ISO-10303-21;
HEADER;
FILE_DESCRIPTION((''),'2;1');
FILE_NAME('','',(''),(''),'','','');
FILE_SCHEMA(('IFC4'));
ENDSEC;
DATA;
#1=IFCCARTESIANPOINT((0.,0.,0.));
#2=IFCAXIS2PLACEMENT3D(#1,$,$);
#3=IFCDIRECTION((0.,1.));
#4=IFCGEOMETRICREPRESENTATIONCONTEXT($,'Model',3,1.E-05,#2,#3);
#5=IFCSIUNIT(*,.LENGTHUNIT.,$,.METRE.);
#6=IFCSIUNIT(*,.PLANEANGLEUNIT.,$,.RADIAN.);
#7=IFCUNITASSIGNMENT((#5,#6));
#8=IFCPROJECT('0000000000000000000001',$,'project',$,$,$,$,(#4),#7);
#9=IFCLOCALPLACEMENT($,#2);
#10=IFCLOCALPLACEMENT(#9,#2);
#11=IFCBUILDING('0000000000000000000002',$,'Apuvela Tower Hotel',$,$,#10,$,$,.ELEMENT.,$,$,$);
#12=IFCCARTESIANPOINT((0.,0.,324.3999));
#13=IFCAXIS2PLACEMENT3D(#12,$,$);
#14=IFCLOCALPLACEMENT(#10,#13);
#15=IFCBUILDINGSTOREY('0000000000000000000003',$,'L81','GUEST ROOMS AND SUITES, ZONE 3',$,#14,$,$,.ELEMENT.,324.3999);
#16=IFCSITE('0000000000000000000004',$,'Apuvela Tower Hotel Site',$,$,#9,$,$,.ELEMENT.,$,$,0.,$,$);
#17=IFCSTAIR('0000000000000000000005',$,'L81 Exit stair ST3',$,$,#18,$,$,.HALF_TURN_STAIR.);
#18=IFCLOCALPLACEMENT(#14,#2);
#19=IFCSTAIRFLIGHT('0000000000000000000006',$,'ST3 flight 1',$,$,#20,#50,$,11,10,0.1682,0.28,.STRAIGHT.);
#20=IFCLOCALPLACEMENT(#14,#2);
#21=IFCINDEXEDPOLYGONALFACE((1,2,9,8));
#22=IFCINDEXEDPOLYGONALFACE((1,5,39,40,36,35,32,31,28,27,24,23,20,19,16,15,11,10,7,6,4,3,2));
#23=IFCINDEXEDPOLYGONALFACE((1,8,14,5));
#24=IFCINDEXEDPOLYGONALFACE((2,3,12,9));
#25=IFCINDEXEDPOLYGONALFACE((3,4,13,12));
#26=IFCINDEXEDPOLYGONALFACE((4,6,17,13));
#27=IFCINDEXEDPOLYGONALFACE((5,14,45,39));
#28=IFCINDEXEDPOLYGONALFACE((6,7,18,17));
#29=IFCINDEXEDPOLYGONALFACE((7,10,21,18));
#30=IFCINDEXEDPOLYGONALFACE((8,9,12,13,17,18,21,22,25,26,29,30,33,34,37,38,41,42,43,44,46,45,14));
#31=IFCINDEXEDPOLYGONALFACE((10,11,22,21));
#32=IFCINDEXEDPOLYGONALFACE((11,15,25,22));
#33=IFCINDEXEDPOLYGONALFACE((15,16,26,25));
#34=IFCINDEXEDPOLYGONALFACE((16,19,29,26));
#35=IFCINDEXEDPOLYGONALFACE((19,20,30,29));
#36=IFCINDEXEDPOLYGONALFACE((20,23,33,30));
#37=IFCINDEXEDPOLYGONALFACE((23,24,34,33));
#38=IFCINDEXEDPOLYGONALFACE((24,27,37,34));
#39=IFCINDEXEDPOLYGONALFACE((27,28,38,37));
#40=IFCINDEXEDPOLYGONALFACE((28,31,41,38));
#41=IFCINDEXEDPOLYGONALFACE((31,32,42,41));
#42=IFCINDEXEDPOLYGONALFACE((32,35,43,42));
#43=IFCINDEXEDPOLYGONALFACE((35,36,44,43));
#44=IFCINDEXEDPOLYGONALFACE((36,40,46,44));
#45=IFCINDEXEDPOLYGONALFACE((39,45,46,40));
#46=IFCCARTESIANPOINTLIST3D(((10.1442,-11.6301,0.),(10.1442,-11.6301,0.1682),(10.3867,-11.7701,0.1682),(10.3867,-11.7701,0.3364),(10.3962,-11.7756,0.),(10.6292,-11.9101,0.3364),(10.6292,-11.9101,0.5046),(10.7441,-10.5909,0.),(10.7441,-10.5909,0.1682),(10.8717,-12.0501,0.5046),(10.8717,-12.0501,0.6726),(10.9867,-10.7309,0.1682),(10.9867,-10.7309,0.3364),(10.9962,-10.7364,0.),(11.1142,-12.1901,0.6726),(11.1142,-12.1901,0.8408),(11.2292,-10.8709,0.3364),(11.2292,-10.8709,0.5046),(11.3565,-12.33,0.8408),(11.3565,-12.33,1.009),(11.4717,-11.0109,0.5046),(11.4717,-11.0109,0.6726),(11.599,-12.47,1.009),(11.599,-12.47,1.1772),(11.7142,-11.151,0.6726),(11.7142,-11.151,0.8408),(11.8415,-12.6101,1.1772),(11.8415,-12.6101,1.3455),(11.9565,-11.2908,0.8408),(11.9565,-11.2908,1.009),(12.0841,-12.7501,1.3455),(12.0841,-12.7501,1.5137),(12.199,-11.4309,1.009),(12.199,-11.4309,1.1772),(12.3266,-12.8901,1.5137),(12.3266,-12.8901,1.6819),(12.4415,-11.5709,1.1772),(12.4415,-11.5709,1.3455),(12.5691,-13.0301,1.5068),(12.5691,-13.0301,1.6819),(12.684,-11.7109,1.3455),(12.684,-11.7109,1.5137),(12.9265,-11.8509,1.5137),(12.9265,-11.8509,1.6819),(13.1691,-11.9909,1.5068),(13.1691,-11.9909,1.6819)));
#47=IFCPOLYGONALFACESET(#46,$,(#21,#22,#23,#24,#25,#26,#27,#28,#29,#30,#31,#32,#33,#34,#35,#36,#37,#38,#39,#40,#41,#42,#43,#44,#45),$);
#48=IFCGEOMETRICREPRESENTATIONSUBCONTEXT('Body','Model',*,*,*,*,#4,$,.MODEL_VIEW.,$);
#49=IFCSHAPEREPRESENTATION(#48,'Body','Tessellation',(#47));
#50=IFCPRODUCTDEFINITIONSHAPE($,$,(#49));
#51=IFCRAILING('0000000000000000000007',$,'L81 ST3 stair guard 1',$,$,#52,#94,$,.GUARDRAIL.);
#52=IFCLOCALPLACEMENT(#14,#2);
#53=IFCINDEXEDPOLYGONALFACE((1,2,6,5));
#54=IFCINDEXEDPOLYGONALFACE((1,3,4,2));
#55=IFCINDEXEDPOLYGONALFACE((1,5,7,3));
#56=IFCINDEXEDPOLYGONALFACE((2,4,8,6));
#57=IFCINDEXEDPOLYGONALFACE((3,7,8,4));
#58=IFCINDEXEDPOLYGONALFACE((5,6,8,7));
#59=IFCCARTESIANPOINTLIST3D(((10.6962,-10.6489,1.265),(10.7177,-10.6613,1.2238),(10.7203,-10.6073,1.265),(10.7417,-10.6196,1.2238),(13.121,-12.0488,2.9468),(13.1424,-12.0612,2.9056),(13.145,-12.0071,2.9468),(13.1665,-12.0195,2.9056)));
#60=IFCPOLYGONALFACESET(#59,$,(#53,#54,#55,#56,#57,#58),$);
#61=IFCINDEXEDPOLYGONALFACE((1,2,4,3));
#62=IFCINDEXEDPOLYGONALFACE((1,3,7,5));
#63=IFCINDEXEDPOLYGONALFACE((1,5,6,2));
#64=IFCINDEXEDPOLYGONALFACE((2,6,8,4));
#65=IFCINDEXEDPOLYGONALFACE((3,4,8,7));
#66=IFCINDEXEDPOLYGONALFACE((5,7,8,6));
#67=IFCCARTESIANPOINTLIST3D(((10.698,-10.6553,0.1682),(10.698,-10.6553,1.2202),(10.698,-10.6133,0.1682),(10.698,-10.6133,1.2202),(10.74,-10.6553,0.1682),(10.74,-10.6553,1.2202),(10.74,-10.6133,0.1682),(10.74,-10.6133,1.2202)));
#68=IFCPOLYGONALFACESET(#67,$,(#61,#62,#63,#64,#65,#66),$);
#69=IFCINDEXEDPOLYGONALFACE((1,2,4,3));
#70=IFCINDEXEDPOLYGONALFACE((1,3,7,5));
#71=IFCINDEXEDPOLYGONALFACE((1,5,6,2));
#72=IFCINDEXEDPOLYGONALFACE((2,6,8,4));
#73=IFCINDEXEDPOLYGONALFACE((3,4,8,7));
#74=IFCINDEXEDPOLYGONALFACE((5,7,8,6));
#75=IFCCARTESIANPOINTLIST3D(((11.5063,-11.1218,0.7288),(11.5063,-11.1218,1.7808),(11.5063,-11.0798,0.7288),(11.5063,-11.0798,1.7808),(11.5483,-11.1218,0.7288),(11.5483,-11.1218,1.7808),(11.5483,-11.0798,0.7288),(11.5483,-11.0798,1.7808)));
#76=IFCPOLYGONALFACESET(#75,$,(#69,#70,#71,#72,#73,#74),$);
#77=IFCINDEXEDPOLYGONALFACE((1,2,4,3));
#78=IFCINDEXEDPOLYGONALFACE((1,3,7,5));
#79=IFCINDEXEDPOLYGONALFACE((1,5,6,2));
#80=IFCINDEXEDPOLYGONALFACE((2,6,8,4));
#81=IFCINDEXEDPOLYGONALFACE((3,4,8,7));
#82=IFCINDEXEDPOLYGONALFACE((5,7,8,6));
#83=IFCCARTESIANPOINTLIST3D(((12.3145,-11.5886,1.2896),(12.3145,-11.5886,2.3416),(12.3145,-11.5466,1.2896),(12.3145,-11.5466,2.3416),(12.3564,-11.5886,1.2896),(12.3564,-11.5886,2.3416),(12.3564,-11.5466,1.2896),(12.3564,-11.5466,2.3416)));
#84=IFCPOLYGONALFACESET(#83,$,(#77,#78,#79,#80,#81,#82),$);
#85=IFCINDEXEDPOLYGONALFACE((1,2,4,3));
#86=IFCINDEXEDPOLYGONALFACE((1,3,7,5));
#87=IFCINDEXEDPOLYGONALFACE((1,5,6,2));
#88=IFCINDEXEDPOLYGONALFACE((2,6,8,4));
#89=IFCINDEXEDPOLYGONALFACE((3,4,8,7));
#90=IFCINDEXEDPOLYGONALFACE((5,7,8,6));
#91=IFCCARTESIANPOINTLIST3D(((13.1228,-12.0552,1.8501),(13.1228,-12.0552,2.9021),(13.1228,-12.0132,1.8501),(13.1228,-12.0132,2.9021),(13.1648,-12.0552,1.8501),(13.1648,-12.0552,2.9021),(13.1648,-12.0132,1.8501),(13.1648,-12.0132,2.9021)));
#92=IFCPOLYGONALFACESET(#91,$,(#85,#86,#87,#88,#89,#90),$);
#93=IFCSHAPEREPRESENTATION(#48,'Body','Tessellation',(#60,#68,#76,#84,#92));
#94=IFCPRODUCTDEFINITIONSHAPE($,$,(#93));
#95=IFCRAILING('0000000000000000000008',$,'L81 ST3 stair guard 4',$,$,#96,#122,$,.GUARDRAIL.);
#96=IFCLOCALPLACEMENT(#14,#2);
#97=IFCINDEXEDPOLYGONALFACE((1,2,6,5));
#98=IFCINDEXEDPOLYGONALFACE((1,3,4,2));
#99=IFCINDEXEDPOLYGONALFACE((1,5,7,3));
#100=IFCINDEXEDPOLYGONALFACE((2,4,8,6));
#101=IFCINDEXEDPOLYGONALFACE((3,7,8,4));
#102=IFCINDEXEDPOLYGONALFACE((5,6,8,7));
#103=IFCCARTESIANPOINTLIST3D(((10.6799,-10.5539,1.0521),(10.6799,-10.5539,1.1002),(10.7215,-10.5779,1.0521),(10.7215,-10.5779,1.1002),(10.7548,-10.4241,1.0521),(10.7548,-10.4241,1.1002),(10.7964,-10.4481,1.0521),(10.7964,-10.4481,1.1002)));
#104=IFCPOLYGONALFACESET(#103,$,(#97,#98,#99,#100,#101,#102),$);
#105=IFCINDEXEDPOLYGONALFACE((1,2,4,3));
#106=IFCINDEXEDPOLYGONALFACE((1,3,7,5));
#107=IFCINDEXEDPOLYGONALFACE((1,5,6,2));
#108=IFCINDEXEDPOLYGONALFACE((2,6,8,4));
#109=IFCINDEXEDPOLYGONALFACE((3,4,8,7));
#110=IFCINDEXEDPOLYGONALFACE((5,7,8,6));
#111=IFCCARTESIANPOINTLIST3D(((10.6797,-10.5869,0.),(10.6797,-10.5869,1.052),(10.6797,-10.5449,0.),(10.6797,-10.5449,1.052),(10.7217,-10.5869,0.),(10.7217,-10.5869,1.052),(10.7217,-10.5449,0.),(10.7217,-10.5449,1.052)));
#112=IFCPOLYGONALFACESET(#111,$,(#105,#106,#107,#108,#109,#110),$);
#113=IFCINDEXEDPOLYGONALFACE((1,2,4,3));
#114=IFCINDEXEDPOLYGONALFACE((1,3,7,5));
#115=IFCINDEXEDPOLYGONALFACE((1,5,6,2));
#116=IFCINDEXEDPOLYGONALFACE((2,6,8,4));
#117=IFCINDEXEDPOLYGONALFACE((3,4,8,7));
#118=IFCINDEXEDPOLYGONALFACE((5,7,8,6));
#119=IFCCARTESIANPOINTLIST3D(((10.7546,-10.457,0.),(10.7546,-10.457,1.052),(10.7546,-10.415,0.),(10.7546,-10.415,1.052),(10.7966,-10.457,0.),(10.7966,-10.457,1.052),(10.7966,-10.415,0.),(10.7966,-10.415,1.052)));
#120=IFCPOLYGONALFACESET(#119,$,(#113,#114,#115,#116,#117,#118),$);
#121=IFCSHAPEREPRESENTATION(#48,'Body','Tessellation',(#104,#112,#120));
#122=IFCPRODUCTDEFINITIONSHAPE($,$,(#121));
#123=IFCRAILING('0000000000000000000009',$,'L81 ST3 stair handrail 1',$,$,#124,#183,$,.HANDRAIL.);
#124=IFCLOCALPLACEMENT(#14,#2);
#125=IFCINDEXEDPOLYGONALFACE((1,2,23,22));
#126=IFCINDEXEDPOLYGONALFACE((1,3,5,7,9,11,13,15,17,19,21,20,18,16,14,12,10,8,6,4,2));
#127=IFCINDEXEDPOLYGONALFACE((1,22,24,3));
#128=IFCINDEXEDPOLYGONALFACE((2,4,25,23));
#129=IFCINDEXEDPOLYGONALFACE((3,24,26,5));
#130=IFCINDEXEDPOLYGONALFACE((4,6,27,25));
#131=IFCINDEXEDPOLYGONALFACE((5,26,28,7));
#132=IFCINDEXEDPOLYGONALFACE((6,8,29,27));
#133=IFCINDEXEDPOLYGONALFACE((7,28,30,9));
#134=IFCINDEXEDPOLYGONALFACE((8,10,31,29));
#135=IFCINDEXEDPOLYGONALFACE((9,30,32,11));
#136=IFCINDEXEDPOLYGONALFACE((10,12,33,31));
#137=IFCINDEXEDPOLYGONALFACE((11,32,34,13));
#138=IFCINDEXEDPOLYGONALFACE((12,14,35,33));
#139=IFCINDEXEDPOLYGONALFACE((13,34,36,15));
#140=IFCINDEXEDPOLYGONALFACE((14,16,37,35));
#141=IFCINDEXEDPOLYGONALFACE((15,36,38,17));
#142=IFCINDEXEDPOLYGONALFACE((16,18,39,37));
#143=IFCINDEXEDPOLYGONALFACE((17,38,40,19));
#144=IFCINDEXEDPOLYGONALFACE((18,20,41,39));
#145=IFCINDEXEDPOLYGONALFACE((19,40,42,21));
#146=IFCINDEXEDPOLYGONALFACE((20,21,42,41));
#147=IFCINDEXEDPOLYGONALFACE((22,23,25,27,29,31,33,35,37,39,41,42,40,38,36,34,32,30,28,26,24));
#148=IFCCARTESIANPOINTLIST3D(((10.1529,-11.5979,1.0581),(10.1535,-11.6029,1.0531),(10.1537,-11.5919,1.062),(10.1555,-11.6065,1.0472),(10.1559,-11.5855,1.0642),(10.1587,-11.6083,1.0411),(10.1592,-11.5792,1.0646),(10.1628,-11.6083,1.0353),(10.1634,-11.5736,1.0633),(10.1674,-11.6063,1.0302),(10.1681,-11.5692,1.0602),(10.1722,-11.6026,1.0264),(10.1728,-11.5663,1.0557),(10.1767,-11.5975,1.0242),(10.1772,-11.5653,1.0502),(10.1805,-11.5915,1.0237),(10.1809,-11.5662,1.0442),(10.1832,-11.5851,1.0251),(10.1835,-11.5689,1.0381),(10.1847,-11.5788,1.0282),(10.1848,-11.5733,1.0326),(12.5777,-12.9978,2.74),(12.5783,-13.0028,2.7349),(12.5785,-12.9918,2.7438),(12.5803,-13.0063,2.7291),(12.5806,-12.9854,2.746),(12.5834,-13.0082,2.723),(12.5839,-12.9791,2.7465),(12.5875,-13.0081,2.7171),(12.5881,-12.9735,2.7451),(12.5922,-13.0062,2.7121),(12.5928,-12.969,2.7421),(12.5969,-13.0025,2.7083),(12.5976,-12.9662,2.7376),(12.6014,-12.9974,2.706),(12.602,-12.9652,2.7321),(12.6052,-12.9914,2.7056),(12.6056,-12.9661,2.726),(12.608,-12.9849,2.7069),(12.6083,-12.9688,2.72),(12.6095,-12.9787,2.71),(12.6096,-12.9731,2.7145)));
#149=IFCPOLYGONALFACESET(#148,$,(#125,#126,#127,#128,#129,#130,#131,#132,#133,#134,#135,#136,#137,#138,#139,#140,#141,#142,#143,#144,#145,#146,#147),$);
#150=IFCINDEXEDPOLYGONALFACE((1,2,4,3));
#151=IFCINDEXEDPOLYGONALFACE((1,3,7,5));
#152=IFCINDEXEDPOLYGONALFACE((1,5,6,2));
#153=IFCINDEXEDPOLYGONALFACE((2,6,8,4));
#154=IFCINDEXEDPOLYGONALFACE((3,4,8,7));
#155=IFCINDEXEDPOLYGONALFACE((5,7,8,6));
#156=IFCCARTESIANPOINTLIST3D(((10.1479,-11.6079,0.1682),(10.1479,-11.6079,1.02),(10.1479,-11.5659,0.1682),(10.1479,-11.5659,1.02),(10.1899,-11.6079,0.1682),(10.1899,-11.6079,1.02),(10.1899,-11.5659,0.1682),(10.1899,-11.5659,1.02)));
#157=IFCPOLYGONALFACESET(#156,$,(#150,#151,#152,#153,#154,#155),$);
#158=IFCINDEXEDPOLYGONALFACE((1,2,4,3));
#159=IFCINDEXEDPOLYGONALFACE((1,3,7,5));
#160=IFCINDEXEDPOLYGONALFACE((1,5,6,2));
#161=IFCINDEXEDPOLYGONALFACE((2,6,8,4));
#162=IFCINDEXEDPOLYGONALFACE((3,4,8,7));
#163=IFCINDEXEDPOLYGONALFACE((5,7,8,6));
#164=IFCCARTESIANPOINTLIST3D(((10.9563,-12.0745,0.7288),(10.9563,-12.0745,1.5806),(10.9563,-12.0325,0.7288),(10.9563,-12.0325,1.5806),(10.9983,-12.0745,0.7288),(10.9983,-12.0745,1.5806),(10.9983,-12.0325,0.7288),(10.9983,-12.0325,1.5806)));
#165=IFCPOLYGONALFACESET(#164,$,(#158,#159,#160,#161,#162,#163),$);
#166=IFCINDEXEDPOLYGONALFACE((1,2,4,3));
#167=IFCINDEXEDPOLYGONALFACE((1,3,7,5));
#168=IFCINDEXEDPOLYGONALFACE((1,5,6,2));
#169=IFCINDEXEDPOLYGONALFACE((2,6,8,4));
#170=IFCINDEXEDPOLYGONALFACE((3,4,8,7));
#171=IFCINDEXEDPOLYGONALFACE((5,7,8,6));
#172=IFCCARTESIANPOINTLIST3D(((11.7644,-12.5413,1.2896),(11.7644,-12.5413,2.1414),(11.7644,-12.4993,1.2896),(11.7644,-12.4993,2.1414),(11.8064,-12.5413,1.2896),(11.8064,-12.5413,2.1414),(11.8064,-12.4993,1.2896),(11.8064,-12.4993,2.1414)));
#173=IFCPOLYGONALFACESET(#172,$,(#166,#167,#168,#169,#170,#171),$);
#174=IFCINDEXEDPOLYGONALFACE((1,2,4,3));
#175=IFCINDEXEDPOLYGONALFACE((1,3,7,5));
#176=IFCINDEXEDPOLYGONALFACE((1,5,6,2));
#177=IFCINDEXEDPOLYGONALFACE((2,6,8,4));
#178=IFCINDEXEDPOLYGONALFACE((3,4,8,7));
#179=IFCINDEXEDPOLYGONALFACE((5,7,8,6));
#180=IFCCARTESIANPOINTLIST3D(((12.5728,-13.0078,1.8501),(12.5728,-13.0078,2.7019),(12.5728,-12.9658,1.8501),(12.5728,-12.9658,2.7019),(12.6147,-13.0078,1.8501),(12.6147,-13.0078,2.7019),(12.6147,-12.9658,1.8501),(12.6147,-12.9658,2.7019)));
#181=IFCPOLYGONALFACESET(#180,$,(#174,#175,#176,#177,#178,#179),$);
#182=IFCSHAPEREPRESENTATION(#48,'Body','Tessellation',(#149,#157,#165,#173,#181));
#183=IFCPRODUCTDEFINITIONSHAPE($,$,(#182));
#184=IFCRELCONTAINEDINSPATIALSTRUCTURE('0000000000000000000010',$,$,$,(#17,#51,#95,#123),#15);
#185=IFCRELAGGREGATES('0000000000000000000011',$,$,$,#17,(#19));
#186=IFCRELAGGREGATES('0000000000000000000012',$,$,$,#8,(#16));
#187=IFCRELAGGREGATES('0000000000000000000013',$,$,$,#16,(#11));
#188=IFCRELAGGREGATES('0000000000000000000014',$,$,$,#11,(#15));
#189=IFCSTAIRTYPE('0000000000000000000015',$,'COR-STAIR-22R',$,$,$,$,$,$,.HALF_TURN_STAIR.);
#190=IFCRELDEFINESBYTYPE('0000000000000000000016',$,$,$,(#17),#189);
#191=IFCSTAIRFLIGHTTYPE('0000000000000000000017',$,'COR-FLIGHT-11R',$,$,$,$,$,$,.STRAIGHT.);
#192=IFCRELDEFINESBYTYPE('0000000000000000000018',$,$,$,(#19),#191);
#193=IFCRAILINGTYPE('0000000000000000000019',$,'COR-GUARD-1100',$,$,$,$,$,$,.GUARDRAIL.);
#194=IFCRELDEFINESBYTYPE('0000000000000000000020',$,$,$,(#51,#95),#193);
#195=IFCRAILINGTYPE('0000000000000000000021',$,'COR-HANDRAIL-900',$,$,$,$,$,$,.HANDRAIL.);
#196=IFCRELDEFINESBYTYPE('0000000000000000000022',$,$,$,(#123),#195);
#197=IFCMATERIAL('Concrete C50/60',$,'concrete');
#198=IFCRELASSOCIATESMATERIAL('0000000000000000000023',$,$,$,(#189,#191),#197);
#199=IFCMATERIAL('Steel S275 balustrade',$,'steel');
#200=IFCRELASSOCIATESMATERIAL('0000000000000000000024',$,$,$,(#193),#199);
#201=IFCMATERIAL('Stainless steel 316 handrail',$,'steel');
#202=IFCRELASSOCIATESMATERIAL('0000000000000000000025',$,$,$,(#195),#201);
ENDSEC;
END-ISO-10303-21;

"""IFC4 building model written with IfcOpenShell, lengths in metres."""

from ifc_helpers import new_model, si_unit, direction, frame, origin, origin_2d, place, context, subcontext, project, spatial, polyline, rectangle, circle, outline, extrude, material, type_object, element, aggregate, save


model = new_model("IFC4")

# Units and contexts
model_context = context("Model", 3, precision=1e-05, world=origin(), true_north=direction((0.0, 1.0)))
body_context = subcontext(model_context, "Body", "Model", "MODEL_VIEW")
ifc_project = project(units=[si_unit("LENGTHUNIT", "METRE"), si_unit("PLANEANGLEUNIT", "RADIAN")], contexts=[model_context])

# Site, building, storey
site_placement = place(None, origin())
site = spatial("IfcSite", under=ifc_project, at=site_placement, Name="Apuvela Tower Hotel Site", CompositionType="ELEMENT", RefElevation=0.0)
building_placement = place(site_placement, origin())
building = spatial("IfcBuilding", under=site, at=building_placement, Name="Apuvela Tower Hotel", CompositionType="ELEMENT")
storey_placement = place(building_placement, frame((0.0, 0.0, 324.3999)))
storey = spatial("IfcBuildingStorey", under=building, at=storey_placement, Name="L81", Description="GUEST ROOMS AND SUITES, ZONE 3", CompositionType="ELEMENT", Elevation=324.3999)

# Shared definitions
ifc_material_1 = material(Name="Concrete C50/60", Category="concrete")

# Stair, stair flight
stair_type = type_object("IfcStairType", Name="COR-STAIR-22R", PredefinedType="HALF_TURN_STAIR", material=ifc_material_1)
stair_placement = place(storey_placement, origin())
stair = element("IfcStair", 1, at=stair_placement, inside=storey, type_object=stair_type, Name="L81 Exit stair ST3", PredefinedType="HALF_TURN_STAIR")
stair_flight_type = type_object("IfcStairFlightType", Name="COR-FLIGHT-11R", PredefinedType="STRAIGHT", material=ifc_material_1)
stair_flight_placement = place(storey_placement, frame((10.4441, -11.1106, 0.0), z_axis=(0.0, 0.0, 1.0), x_axis=(0.866025, -0.5, 0.0)))
stair_flight = element("IfcStairFlight", 2, at=stair_flight_placement, type_object=stair_flight_type, Name="ST3 flight 1", NumberOfRisers=11, NumberOfTreads=10, PredefinedType="STRAIGHT", RiserHeight=0.1682, TreadLength=0.28, context=body_context, shape_type="SweptSolid", body=[
    extrude(outline(polyline([(0.0, 0.0), (0.0, 0.1682), (0.28, 0.1682), (0.28, 0.3364), (0.5601, 0.3364), (0.5601, 0.5046), (0.8401, 0.5046), (0.8401, 0.6726), (1.1201, 0.6726), (1.1201, 0.8408), (1.3999, 0.8408), (1.3999, 1.009), (1.6799, 1.009), (1.6799, 1.1772), (1.96, 1.1772), (1.96, 1.3455), (2.24, 1.3455), (2.24, 1.5137), (2.52, 1.5137), (2.52, 1.6819), (2.8, 1.6819), (2.8, 1.8501), (2.8, 1.5068), (0.291, 0.0), (0.0, 0.0)])), frame((0.0, 0.6001, 0.0), z_axis=(0.0, -1.0, 0.0), x_axis=(1.0, 0.0, 0.0)), (0.0, 0.0, 1.0), 1.2),
])
aggregate(stair, [stair_flight])

# Railings
ifc_material_2 = material(Name="Steel S275 balustrade", Category="steel")
railing_type_1 = type_object("IfcRailingType", Name="COR-GUARD-1100", PredefinedType="GUARDRAIL", material=ifc_material_2)
railing_1_placement = place(storey_placement, frame((10.719, -10.6343, 0.1682)))
element("IfcRailing", 3, at=railing_1_placement, inside=storey, type_object=railing_type_1, Name="L81 ST3 stair guard 1", PredefinedType="GUARDRAIL", context=body_context, shape_type="SweptSolid", body=[
    extrude(rectangle(XDim=0.0481, YDim=0.0481, at=origin_2d()), frame((0.0, 0.0, 1.0762), z_axis=(0.74239, -0.428601, 0.514934), x_axis=(0.499984, 0.866035, 0.0)), (0.0, 0.0, 1.0), 3.2661),
    extrude(rectangle(XDim=0.042, YDim=0.042, at=origin_2d()), origin(), (0.0, 0.0, 1.0), 1.052),
    extrude(rectangle(XDim=0.042, YDim=0.042, at=origin_2d()), frame((0.8083, -0.4666, 0.5605)), (0.0, 0.0, 1.0), 1.052),
    extrude(rectangle(XDim=0.042, YDim=0.042, at=origin_2d()), frame((1.6165, -0.9333, 1.1213)), (0.0, 0.0, 1.0), 1.052),
    extrude(rectangle(XDim=0.042, YDim=0.042, at=origin_2d()), frame((2.4248, -1.3999, 1.6819)), (0.0, 0.0, 1.0), 1.052),
])
railing_2_placement = place(storey_placement, frame((10.7007, -10.5659, 0.0)))
element("IfcRailing", 4, at=railing_2_placement, inside=storey, type_object=railing_type_1, Name="L81 ST3 stair guard 4", PredefinedType="GUARDRAIL", context=body_context, shape_type="SweptSolid", body=[
    extrude(rectangle(XDim=0.0481, YDim=0.0481, at=origin_2d()), frame((0.0, 0.0, 1.0762), z_axis=(0.499816, 0.866131, 0.0), x_axis=(-0.866131, 0.499816, 0.0)), (0.0, 0.0, 1.0), 0.1499),
    extrude(rectangle(XDim=0.042, YDim=0.042, at=origin_2d()), origin(), (0.0, 0.0, 1.0), 1.052),
    extrude(rectangle(XDim=0.042, YDim=0.042, at=origin_2d()), frame((0.075, 0.1299, 0.0)), (0.0, 0.0, 1.0), 1.052),
])
ifc_material_3 = material(Name="Stainless steel 316 handrail", Category="steel")
railing_type_2 = type_object("IfcRailingType", Name="COR-HANDRAIL-900", PredefinedType="HANDRAIL", material=ifc_material_3)
railing_3_placement = place(storey_placement, frame((10.1689, -11.5869, 0.1682)))
element("IfcRailing", 5, at=railing_3_placement, inside=storey, type_object=railing_type_2, Name="L81 ST3 stair handrail 1", PredefinedType="HANDRAIL", context=body_context, shape_type="SweptSolid", body=[
    extrude(circle(Radius=0.0239, at=origin_2d()), frame((0.0, 0.0, 0.876), z_axis=(0.74239, -0.428601, 0.514934), x_axis=(0.499984, 0.866035, 0.0)), (0.0, 0.0, 1.0), 3.2661),
    extrude(rectangle(XDim=0.042, YDim=0.042, at=origin_2d()), origin(), (0.0, 0.0, 1.0), 0.8518),
    extrude(rectangle(XDim=0.042, YDim=0.042, at=origin_2d()), frame((0.8083, -0.4666, 0.5605)), (0.0, 0.0, 1.0), 0.8518),
    extrude(rectangle(XDim=0.042, YDim=0.042, at=origin_2d()), frame((1.6165, -0.9333, 1.1213)), (0.0, 0.0, 1.0), 0.8518),
    extrude(rectangle(XDim=0.042, YDim=0.042, at=origin_2d()), frame((2.4248, -1.3999, 1.6819)), (0.0, 0.0, 1.0), 0.8518),
])

save(model, "model.ifc")
